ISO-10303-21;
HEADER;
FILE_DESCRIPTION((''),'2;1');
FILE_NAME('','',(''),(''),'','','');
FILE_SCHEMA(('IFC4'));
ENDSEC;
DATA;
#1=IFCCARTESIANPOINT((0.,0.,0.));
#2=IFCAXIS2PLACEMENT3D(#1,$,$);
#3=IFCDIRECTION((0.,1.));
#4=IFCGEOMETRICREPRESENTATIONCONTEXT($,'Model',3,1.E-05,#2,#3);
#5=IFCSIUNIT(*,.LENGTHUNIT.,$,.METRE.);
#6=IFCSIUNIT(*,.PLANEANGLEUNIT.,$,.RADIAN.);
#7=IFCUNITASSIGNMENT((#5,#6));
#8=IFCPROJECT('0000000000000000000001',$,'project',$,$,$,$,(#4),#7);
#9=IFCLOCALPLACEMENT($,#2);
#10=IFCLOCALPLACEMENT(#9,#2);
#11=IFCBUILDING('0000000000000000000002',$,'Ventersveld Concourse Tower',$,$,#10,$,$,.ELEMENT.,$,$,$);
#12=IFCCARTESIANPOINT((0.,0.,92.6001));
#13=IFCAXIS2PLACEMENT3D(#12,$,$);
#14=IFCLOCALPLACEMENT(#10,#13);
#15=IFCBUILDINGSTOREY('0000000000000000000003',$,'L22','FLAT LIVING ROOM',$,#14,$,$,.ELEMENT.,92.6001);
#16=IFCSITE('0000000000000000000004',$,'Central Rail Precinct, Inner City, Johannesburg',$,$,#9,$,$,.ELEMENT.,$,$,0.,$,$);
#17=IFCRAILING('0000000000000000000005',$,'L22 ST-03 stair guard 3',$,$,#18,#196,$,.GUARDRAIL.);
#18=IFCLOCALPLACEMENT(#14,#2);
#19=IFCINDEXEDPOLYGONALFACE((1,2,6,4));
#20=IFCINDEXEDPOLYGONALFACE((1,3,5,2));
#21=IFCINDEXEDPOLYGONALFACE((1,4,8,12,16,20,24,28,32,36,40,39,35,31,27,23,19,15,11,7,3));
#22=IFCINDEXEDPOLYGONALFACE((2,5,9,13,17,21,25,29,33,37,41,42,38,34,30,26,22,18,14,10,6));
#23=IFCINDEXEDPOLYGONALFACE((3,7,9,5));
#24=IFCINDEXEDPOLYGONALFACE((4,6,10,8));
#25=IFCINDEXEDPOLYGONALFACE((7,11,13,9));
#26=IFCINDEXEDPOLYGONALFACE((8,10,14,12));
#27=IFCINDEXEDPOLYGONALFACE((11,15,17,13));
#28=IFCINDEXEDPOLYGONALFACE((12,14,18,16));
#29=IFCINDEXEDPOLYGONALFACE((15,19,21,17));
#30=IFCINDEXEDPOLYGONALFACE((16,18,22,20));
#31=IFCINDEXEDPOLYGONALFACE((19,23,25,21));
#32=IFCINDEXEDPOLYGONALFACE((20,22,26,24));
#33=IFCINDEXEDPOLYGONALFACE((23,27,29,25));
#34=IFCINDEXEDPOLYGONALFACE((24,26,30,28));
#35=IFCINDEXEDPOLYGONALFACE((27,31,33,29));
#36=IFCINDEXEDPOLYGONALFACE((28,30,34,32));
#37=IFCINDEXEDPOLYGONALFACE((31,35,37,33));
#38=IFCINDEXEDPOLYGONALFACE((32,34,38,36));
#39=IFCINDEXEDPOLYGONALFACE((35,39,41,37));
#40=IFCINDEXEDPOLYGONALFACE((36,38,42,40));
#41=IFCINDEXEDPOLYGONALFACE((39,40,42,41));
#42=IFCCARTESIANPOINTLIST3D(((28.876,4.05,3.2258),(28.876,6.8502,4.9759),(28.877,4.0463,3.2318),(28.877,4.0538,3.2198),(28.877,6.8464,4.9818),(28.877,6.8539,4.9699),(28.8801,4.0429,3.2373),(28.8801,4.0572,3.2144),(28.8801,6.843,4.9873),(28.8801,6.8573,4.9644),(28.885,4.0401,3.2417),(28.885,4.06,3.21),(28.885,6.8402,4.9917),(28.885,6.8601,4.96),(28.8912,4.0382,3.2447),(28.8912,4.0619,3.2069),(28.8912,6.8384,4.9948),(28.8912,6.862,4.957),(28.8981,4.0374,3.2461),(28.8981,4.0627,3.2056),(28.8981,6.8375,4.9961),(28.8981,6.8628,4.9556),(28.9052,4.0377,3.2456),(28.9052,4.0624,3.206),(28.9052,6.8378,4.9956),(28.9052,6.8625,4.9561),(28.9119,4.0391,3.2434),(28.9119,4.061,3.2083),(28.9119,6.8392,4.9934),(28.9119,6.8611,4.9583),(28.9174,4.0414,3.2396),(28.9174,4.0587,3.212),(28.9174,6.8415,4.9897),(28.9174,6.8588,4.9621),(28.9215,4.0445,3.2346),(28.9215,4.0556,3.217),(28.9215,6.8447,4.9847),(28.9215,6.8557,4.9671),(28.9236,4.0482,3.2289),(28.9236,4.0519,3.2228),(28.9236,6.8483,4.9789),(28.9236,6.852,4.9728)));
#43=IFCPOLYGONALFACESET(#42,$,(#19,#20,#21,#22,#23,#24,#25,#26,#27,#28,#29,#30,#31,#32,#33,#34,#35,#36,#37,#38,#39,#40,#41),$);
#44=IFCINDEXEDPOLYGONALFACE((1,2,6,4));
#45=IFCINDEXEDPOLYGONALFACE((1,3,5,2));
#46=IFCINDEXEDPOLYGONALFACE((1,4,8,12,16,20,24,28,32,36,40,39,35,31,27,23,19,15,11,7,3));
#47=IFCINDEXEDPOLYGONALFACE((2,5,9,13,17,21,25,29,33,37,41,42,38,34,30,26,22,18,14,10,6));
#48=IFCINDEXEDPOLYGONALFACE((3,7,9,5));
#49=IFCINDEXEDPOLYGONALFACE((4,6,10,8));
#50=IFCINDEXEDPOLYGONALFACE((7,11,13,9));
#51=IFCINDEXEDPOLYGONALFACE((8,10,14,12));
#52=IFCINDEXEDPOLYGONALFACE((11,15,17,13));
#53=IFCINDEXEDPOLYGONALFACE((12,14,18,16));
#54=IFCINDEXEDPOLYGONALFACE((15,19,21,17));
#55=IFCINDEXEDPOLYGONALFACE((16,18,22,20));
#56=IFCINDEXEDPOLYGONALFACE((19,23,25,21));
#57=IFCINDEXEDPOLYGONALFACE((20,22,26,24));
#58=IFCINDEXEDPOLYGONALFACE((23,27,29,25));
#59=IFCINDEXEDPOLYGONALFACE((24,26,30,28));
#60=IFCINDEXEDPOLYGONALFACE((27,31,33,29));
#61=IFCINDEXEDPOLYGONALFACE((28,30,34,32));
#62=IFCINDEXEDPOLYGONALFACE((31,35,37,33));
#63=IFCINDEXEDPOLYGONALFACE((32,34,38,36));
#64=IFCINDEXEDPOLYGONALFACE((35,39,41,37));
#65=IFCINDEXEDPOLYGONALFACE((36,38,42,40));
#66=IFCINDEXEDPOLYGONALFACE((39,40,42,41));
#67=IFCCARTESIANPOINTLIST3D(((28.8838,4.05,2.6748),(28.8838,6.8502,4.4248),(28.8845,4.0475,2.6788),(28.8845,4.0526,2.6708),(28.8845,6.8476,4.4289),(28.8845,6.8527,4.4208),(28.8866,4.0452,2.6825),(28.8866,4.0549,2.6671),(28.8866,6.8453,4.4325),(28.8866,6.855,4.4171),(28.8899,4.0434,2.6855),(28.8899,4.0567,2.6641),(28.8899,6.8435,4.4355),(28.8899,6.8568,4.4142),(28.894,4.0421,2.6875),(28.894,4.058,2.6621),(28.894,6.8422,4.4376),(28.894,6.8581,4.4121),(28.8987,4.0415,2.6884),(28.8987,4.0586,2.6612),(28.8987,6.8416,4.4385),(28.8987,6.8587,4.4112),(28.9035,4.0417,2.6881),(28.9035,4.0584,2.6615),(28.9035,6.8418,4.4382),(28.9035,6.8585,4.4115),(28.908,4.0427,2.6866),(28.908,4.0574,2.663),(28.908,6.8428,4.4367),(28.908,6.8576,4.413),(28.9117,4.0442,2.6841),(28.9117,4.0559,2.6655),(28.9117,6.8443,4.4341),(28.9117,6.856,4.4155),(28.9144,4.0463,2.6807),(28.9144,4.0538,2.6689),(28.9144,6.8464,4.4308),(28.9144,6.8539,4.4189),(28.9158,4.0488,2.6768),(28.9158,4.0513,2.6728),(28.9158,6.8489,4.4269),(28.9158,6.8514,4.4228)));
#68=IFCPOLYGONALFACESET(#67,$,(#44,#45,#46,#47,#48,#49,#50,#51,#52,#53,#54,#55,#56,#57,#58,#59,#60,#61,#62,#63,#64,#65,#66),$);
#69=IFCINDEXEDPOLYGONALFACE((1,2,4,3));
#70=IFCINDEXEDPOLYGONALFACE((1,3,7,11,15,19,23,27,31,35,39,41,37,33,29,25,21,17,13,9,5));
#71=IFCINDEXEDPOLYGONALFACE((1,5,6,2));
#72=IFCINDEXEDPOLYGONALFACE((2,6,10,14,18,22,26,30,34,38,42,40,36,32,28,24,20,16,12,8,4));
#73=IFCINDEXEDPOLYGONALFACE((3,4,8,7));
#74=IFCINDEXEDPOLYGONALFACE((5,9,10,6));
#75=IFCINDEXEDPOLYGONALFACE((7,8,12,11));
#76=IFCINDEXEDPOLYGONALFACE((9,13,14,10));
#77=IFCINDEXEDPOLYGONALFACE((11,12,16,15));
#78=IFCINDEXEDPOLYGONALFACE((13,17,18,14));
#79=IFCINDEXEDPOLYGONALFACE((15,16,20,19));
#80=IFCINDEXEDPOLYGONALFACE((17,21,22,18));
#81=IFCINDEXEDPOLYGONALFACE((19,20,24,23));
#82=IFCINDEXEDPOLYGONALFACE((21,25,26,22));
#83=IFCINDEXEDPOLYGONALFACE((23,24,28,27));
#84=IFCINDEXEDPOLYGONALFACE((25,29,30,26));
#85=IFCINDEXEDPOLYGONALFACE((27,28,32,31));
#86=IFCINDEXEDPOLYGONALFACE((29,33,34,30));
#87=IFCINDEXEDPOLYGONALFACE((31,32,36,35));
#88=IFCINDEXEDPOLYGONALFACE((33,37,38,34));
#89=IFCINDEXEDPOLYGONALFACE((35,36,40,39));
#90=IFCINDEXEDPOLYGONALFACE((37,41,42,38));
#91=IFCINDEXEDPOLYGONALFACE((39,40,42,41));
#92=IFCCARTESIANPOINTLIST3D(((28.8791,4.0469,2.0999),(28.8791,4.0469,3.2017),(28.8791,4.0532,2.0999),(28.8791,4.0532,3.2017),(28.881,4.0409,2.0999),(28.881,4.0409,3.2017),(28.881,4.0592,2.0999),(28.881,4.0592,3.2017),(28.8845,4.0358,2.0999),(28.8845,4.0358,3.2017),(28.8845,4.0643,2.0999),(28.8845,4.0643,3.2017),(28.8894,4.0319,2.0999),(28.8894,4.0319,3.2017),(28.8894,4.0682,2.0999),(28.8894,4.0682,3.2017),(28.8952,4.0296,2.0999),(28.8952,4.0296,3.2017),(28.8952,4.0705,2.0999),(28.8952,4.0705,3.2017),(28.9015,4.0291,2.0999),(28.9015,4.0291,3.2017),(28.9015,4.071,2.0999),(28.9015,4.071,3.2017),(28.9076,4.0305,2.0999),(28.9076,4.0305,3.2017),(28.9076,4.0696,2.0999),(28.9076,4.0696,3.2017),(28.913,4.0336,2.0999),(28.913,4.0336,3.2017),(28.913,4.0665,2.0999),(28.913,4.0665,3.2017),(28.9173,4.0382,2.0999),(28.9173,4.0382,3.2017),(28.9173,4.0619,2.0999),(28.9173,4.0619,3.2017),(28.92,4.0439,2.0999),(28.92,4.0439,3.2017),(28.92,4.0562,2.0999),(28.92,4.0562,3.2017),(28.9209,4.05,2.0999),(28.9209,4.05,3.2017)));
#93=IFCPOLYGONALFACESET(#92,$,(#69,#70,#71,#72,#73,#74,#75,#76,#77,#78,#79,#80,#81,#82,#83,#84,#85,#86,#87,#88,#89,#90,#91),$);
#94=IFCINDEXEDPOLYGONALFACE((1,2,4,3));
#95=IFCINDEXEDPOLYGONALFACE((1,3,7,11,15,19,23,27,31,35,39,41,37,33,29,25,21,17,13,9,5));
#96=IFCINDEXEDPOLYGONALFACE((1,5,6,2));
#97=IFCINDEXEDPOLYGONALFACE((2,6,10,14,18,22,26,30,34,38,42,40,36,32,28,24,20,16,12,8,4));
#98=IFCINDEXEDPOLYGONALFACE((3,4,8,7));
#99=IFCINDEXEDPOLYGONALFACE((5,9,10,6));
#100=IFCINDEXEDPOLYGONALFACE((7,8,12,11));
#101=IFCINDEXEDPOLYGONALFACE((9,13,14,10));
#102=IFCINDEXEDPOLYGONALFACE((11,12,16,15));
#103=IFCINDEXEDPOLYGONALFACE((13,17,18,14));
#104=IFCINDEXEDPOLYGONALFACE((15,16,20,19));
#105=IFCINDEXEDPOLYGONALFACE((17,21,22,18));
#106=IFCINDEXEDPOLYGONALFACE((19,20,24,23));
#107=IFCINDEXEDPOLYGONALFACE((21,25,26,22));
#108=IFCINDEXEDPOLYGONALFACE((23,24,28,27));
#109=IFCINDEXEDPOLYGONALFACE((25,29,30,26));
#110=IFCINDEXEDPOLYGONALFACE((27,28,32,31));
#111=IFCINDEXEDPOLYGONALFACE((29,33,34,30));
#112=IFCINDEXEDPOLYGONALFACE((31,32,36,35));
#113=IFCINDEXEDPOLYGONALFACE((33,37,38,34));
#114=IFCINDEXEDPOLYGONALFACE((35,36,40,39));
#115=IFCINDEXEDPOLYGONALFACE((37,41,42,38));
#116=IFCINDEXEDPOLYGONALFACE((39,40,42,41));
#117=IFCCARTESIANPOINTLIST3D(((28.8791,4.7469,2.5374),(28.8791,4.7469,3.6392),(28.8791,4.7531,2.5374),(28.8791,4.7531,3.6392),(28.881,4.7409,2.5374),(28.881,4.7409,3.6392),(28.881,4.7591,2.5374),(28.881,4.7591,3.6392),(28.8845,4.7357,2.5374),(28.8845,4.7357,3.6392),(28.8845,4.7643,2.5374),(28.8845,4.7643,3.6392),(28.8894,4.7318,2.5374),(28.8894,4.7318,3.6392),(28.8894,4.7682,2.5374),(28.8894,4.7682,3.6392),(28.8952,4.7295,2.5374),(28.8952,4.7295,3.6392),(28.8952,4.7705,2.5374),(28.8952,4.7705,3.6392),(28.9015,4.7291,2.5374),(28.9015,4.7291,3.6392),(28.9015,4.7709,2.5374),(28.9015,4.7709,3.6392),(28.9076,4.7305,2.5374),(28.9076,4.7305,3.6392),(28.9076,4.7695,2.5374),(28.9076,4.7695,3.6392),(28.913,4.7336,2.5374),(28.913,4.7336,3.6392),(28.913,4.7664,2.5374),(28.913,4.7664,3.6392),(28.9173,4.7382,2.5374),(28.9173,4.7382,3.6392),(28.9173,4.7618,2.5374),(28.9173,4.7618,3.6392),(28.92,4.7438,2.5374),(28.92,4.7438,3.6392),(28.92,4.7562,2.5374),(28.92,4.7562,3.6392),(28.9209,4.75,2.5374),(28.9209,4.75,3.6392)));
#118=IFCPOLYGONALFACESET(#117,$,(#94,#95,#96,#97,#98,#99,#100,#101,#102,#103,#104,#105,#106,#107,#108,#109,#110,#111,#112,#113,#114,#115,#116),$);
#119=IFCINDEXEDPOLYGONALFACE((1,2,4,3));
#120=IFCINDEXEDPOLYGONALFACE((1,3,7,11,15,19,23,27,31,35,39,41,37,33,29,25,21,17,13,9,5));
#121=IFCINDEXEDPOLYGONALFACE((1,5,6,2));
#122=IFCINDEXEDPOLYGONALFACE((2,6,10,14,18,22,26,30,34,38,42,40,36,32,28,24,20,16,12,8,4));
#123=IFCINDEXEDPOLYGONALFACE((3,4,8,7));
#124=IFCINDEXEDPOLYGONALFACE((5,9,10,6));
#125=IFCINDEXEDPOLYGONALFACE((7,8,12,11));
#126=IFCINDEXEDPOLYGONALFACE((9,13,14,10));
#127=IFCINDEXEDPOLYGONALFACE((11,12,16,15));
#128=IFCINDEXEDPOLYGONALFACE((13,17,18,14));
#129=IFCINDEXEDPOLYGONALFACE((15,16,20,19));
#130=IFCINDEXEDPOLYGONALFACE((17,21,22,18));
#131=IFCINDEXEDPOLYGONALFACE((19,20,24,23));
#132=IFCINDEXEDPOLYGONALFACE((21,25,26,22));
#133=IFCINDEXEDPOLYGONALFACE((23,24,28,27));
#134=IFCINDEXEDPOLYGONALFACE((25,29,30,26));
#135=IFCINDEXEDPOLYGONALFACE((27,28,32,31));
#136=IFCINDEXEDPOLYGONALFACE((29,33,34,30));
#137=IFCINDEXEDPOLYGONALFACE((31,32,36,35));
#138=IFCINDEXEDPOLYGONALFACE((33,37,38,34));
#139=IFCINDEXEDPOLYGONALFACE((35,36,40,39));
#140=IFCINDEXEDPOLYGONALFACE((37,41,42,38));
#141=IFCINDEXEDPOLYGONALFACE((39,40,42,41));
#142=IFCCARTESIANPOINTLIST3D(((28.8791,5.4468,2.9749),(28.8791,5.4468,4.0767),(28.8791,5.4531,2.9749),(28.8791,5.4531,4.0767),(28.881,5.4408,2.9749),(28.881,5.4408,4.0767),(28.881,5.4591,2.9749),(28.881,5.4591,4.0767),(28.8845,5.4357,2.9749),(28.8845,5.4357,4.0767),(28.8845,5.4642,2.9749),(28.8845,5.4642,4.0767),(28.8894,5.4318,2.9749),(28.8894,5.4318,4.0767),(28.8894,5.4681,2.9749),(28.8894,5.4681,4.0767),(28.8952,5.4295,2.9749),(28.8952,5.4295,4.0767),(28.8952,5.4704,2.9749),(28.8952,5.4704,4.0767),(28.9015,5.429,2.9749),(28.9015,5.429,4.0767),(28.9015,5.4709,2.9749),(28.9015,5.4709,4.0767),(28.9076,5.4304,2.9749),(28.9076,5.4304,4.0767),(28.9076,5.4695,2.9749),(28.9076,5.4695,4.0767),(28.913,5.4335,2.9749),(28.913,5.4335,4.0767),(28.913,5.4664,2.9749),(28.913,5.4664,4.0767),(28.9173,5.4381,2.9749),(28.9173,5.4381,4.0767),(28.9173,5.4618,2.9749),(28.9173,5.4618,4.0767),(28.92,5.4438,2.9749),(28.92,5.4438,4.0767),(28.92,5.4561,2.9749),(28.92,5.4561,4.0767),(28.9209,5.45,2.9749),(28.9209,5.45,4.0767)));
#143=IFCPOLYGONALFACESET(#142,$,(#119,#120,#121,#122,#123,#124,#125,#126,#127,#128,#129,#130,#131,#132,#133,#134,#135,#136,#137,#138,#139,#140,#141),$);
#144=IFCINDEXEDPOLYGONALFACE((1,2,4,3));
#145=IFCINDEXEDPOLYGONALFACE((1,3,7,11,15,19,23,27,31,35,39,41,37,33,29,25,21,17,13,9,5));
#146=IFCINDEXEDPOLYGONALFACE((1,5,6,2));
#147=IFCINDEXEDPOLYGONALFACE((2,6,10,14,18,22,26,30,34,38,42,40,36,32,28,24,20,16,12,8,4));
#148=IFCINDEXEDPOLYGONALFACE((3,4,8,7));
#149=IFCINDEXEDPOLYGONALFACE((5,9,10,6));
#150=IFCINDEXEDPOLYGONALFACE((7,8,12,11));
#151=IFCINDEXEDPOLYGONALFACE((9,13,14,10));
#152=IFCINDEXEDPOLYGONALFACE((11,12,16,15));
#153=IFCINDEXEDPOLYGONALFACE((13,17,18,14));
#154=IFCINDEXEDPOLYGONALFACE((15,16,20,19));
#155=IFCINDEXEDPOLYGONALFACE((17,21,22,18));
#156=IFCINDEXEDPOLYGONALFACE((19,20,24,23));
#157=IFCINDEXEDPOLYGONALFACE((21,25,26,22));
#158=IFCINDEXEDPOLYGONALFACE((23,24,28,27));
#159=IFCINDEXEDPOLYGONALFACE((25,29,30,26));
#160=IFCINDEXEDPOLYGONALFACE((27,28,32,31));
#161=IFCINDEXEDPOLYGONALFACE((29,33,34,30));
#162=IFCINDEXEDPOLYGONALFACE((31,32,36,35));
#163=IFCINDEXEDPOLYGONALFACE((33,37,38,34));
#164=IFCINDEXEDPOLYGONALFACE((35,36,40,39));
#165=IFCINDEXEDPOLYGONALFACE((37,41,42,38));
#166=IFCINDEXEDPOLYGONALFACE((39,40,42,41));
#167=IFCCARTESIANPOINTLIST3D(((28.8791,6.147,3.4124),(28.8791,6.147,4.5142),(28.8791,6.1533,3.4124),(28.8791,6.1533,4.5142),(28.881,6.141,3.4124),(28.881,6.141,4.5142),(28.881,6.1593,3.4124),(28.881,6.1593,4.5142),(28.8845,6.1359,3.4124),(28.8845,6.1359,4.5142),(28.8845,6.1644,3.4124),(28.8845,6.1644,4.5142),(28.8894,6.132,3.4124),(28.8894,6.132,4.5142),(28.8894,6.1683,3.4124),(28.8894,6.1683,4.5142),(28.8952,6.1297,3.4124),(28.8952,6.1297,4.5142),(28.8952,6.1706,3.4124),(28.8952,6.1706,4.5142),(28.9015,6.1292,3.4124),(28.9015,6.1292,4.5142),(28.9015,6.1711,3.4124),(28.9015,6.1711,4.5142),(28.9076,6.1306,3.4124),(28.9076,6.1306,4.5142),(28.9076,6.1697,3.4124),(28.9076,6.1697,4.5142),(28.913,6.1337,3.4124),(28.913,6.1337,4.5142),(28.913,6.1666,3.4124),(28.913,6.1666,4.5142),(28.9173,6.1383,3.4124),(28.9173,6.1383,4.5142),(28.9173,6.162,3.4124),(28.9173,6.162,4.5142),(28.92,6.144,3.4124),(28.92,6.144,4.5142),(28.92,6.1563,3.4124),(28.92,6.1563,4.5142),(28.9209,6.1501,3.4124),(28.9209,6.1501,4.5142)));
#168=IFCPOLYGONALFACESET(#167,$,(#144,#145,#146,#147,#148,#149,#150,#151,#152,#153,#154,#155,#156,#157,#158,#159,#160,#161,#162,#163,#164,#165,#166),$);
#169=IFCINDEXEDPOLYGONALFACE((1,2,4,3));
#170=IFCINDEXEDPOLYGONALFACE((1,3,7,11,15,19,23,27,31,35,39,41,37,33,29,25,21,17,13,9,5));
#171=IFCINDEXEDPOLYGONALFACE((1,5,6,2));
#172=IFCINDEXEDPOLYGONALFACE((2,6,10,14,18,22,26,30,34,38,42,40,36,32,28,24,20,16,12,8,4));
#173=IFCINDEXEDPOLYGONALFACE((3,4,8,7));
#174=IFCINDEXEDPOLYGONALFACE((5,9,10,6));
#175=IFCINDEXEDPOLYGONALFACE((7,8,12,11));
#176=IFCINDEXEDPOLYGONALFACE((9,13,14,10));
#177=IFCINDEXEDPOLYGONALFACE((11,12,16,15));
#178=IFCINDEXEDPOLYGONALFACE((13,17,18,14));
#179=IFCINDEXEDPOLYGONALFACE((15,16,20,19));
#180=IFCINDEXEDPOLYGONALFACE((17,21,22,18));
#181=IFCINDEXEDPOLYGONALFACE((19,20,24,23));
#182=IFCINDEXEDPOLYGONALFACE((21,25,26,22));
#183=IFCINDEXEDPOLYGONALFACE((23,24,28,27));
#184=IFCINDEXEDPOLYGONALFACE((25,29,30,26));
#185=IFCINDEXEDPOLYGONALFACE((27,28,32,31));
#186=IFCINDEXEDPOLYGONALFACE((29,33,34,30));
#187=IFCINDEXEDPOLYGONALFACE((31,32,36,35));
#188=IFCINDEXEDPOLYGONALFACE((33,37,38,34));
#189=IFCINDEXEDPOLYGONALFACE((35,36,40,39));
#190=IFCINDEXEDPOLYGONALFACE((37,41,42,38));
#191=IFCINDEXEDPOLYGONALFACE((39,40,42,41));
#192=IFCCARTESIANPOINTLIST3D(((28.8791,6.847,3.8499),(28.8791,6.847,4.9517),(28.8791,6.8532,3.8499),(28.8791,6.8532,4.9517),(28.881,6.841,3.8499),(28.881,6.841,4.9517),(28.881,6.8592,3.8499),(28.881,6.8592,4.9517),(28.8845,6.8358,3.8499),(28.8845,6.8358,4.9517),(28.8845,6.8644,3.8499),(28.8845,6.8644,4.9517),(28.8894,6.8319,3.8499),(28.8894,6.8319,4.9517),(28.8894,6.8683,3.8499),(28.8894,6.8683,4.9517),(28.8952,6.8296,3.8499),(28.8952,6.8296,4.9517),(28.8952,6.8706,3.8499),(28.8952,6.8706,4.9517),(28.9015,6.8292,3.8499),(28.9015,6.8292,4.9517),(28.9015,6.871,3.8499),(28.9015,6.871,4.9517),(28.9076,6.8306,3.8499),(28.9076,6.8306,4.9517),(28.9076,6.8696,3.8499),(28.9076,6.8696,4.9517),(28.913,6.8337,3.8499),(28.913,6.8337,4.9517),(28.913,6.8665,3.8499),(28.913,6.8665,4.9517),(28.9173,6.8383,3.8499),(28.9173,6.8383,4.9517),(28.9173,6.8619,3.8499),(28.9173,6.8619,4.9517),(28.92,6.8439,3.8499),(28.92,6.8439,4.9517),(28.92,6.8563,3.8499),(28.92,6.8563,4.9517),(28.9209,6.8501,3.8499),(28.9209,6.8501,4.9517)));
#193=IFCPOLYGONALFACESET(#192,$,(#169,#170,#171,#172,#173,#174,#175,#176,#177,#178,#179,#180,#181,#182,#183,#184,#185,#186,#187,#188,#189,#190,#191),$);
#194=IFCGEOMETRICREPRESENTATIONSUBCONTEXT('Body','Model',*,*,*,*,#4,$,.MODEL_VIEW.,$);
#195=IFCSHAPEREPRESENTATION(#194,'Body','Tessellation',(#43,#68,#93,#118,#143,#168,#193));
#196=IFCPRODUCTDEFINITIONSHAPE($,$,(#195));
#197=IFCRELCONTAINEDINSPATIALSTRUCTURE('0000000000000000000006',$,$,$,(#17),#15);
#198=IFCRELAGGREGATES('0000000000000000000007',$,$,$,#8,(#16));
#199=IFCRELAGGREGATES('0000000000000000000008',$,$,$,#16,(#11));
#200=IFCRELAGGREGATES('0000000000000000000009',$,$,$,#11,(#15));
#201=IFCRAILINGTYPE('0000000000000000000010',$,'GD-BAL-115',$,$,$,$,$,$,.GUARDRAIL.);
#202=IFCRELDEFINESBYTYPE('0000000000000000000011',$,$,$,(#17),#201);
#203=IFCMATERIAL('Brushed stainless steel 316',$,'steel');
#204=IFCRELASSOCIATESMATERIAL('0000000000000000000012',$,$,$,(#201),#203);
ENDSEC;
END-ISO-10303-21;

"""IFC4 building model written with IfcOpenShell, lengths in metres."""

from ifc_helpers import new_model, si_unit, direction, frame, origin, origin_2d, place, context, subcontext, project, spatial, circle, extrude, material, type_object, element, save


model = new_model("IFC4")

# Units and contexts
model_context = context("Model", 3, precision=1e-05, world=origin(), true_north=direction((0.0, 1.0)))
body_context = subcontext(model_context, "Body", "Model", "MODEL_VIEW")
ifc_project = project(units=[si_unit("LENGTHUNIT", "METRE"), si_unit("PLANEANGLEUNIT", "RADIAN")], contexts=[model_context])

# Site, building, storey
site_placement = place(None, origin())
site = spatial("IfcSite", under=ifc_project, at=site_placement, Name="Central Rail Precinct, Inner City, Johannesburg", CompositionType="ELEMENT", RefElevation=0.0)
building_placement = place(site_placement, origin())
building = spatial("IfcBuilding", under=site, at=building_placement, Name="Ventersveld Concourse Tower", CompositionType="ELEMENT")
storey_placement = place(building_placement, frame((0.0, 0.0, 92.6001)))
storey = spatial("IfcBuildingStorey", under=building, at=storey_placement, Name="L22", Description="FLAT LIVING ROOM", CompositionType="ELEMENT", Elevation=92.6001)

# Railing
ifc_material_1 = material(Name="Brushed stainless steel 316", Category="steel")
railing_type_1 = type_object("IfcRailingType", Name="GD-BAL-115", PredefinedType="GUARDRAIL", material=ifc_material_1)
railing_1_placement = place(storey_placement, frame((28.8999, 4.05, 2.0999)))
element("IfcRailing", 1, at=railing_1_placement, inside=storey, type_object=railing_type_1, Name="L22 ST-03 stair guard 3", PredefinedType="GUARDRAIL", context=body_context, shape_type="SweptSolid", body=[
    extrude(circle(Radius=0.0239, at=origin_2d()), frame((0.0, 0.0, 1.126), z_axis=(0.0, 0.848002, 0.529992), x_axis=(-1.0, 0.0, 0.0)), (0.0, 0.0, 1.0), 3.302),
    extrude(circle(Radius=0.0161, at=origin_2d()), frame((0.0, 0.0, 0.575), z_axis=(0.0, 0.848002, 0.529992), x_axis=(-1.0, 0.0, 0.0)), (0.0, 0.0, 1.0), 3.302),
    extrude(circle(Radius=0.021, at=origin_2d()), origin(), (0.0, 0.0, 1.0), 1.1018),
    extrude(circle(Radius=0.021, at=origin_2d()), frame((0.0, 0.7, 0.4375)), (0.0, 0.0, 1.0), 1.1018),
    extrude(circle(Radius=0.021, at=origin_2d()), frame((0.0, 1.3999, 0.875)), (0.0, 0.0, 1.0), 1.1018),
    extrude(circle(Radius=0.021, at=origin_2d()), frame((0.0, 2.1001, 1.3125)), (0.0, 0.0, 1.0), 1.1018),
    extrude(circle(Radius=0.021, at=origin_2d()), frame((0.0, 2.8, 1.75)), (0.0, 0.0, 1.0), 1.1018),
])

save(model, "model.ifc")
